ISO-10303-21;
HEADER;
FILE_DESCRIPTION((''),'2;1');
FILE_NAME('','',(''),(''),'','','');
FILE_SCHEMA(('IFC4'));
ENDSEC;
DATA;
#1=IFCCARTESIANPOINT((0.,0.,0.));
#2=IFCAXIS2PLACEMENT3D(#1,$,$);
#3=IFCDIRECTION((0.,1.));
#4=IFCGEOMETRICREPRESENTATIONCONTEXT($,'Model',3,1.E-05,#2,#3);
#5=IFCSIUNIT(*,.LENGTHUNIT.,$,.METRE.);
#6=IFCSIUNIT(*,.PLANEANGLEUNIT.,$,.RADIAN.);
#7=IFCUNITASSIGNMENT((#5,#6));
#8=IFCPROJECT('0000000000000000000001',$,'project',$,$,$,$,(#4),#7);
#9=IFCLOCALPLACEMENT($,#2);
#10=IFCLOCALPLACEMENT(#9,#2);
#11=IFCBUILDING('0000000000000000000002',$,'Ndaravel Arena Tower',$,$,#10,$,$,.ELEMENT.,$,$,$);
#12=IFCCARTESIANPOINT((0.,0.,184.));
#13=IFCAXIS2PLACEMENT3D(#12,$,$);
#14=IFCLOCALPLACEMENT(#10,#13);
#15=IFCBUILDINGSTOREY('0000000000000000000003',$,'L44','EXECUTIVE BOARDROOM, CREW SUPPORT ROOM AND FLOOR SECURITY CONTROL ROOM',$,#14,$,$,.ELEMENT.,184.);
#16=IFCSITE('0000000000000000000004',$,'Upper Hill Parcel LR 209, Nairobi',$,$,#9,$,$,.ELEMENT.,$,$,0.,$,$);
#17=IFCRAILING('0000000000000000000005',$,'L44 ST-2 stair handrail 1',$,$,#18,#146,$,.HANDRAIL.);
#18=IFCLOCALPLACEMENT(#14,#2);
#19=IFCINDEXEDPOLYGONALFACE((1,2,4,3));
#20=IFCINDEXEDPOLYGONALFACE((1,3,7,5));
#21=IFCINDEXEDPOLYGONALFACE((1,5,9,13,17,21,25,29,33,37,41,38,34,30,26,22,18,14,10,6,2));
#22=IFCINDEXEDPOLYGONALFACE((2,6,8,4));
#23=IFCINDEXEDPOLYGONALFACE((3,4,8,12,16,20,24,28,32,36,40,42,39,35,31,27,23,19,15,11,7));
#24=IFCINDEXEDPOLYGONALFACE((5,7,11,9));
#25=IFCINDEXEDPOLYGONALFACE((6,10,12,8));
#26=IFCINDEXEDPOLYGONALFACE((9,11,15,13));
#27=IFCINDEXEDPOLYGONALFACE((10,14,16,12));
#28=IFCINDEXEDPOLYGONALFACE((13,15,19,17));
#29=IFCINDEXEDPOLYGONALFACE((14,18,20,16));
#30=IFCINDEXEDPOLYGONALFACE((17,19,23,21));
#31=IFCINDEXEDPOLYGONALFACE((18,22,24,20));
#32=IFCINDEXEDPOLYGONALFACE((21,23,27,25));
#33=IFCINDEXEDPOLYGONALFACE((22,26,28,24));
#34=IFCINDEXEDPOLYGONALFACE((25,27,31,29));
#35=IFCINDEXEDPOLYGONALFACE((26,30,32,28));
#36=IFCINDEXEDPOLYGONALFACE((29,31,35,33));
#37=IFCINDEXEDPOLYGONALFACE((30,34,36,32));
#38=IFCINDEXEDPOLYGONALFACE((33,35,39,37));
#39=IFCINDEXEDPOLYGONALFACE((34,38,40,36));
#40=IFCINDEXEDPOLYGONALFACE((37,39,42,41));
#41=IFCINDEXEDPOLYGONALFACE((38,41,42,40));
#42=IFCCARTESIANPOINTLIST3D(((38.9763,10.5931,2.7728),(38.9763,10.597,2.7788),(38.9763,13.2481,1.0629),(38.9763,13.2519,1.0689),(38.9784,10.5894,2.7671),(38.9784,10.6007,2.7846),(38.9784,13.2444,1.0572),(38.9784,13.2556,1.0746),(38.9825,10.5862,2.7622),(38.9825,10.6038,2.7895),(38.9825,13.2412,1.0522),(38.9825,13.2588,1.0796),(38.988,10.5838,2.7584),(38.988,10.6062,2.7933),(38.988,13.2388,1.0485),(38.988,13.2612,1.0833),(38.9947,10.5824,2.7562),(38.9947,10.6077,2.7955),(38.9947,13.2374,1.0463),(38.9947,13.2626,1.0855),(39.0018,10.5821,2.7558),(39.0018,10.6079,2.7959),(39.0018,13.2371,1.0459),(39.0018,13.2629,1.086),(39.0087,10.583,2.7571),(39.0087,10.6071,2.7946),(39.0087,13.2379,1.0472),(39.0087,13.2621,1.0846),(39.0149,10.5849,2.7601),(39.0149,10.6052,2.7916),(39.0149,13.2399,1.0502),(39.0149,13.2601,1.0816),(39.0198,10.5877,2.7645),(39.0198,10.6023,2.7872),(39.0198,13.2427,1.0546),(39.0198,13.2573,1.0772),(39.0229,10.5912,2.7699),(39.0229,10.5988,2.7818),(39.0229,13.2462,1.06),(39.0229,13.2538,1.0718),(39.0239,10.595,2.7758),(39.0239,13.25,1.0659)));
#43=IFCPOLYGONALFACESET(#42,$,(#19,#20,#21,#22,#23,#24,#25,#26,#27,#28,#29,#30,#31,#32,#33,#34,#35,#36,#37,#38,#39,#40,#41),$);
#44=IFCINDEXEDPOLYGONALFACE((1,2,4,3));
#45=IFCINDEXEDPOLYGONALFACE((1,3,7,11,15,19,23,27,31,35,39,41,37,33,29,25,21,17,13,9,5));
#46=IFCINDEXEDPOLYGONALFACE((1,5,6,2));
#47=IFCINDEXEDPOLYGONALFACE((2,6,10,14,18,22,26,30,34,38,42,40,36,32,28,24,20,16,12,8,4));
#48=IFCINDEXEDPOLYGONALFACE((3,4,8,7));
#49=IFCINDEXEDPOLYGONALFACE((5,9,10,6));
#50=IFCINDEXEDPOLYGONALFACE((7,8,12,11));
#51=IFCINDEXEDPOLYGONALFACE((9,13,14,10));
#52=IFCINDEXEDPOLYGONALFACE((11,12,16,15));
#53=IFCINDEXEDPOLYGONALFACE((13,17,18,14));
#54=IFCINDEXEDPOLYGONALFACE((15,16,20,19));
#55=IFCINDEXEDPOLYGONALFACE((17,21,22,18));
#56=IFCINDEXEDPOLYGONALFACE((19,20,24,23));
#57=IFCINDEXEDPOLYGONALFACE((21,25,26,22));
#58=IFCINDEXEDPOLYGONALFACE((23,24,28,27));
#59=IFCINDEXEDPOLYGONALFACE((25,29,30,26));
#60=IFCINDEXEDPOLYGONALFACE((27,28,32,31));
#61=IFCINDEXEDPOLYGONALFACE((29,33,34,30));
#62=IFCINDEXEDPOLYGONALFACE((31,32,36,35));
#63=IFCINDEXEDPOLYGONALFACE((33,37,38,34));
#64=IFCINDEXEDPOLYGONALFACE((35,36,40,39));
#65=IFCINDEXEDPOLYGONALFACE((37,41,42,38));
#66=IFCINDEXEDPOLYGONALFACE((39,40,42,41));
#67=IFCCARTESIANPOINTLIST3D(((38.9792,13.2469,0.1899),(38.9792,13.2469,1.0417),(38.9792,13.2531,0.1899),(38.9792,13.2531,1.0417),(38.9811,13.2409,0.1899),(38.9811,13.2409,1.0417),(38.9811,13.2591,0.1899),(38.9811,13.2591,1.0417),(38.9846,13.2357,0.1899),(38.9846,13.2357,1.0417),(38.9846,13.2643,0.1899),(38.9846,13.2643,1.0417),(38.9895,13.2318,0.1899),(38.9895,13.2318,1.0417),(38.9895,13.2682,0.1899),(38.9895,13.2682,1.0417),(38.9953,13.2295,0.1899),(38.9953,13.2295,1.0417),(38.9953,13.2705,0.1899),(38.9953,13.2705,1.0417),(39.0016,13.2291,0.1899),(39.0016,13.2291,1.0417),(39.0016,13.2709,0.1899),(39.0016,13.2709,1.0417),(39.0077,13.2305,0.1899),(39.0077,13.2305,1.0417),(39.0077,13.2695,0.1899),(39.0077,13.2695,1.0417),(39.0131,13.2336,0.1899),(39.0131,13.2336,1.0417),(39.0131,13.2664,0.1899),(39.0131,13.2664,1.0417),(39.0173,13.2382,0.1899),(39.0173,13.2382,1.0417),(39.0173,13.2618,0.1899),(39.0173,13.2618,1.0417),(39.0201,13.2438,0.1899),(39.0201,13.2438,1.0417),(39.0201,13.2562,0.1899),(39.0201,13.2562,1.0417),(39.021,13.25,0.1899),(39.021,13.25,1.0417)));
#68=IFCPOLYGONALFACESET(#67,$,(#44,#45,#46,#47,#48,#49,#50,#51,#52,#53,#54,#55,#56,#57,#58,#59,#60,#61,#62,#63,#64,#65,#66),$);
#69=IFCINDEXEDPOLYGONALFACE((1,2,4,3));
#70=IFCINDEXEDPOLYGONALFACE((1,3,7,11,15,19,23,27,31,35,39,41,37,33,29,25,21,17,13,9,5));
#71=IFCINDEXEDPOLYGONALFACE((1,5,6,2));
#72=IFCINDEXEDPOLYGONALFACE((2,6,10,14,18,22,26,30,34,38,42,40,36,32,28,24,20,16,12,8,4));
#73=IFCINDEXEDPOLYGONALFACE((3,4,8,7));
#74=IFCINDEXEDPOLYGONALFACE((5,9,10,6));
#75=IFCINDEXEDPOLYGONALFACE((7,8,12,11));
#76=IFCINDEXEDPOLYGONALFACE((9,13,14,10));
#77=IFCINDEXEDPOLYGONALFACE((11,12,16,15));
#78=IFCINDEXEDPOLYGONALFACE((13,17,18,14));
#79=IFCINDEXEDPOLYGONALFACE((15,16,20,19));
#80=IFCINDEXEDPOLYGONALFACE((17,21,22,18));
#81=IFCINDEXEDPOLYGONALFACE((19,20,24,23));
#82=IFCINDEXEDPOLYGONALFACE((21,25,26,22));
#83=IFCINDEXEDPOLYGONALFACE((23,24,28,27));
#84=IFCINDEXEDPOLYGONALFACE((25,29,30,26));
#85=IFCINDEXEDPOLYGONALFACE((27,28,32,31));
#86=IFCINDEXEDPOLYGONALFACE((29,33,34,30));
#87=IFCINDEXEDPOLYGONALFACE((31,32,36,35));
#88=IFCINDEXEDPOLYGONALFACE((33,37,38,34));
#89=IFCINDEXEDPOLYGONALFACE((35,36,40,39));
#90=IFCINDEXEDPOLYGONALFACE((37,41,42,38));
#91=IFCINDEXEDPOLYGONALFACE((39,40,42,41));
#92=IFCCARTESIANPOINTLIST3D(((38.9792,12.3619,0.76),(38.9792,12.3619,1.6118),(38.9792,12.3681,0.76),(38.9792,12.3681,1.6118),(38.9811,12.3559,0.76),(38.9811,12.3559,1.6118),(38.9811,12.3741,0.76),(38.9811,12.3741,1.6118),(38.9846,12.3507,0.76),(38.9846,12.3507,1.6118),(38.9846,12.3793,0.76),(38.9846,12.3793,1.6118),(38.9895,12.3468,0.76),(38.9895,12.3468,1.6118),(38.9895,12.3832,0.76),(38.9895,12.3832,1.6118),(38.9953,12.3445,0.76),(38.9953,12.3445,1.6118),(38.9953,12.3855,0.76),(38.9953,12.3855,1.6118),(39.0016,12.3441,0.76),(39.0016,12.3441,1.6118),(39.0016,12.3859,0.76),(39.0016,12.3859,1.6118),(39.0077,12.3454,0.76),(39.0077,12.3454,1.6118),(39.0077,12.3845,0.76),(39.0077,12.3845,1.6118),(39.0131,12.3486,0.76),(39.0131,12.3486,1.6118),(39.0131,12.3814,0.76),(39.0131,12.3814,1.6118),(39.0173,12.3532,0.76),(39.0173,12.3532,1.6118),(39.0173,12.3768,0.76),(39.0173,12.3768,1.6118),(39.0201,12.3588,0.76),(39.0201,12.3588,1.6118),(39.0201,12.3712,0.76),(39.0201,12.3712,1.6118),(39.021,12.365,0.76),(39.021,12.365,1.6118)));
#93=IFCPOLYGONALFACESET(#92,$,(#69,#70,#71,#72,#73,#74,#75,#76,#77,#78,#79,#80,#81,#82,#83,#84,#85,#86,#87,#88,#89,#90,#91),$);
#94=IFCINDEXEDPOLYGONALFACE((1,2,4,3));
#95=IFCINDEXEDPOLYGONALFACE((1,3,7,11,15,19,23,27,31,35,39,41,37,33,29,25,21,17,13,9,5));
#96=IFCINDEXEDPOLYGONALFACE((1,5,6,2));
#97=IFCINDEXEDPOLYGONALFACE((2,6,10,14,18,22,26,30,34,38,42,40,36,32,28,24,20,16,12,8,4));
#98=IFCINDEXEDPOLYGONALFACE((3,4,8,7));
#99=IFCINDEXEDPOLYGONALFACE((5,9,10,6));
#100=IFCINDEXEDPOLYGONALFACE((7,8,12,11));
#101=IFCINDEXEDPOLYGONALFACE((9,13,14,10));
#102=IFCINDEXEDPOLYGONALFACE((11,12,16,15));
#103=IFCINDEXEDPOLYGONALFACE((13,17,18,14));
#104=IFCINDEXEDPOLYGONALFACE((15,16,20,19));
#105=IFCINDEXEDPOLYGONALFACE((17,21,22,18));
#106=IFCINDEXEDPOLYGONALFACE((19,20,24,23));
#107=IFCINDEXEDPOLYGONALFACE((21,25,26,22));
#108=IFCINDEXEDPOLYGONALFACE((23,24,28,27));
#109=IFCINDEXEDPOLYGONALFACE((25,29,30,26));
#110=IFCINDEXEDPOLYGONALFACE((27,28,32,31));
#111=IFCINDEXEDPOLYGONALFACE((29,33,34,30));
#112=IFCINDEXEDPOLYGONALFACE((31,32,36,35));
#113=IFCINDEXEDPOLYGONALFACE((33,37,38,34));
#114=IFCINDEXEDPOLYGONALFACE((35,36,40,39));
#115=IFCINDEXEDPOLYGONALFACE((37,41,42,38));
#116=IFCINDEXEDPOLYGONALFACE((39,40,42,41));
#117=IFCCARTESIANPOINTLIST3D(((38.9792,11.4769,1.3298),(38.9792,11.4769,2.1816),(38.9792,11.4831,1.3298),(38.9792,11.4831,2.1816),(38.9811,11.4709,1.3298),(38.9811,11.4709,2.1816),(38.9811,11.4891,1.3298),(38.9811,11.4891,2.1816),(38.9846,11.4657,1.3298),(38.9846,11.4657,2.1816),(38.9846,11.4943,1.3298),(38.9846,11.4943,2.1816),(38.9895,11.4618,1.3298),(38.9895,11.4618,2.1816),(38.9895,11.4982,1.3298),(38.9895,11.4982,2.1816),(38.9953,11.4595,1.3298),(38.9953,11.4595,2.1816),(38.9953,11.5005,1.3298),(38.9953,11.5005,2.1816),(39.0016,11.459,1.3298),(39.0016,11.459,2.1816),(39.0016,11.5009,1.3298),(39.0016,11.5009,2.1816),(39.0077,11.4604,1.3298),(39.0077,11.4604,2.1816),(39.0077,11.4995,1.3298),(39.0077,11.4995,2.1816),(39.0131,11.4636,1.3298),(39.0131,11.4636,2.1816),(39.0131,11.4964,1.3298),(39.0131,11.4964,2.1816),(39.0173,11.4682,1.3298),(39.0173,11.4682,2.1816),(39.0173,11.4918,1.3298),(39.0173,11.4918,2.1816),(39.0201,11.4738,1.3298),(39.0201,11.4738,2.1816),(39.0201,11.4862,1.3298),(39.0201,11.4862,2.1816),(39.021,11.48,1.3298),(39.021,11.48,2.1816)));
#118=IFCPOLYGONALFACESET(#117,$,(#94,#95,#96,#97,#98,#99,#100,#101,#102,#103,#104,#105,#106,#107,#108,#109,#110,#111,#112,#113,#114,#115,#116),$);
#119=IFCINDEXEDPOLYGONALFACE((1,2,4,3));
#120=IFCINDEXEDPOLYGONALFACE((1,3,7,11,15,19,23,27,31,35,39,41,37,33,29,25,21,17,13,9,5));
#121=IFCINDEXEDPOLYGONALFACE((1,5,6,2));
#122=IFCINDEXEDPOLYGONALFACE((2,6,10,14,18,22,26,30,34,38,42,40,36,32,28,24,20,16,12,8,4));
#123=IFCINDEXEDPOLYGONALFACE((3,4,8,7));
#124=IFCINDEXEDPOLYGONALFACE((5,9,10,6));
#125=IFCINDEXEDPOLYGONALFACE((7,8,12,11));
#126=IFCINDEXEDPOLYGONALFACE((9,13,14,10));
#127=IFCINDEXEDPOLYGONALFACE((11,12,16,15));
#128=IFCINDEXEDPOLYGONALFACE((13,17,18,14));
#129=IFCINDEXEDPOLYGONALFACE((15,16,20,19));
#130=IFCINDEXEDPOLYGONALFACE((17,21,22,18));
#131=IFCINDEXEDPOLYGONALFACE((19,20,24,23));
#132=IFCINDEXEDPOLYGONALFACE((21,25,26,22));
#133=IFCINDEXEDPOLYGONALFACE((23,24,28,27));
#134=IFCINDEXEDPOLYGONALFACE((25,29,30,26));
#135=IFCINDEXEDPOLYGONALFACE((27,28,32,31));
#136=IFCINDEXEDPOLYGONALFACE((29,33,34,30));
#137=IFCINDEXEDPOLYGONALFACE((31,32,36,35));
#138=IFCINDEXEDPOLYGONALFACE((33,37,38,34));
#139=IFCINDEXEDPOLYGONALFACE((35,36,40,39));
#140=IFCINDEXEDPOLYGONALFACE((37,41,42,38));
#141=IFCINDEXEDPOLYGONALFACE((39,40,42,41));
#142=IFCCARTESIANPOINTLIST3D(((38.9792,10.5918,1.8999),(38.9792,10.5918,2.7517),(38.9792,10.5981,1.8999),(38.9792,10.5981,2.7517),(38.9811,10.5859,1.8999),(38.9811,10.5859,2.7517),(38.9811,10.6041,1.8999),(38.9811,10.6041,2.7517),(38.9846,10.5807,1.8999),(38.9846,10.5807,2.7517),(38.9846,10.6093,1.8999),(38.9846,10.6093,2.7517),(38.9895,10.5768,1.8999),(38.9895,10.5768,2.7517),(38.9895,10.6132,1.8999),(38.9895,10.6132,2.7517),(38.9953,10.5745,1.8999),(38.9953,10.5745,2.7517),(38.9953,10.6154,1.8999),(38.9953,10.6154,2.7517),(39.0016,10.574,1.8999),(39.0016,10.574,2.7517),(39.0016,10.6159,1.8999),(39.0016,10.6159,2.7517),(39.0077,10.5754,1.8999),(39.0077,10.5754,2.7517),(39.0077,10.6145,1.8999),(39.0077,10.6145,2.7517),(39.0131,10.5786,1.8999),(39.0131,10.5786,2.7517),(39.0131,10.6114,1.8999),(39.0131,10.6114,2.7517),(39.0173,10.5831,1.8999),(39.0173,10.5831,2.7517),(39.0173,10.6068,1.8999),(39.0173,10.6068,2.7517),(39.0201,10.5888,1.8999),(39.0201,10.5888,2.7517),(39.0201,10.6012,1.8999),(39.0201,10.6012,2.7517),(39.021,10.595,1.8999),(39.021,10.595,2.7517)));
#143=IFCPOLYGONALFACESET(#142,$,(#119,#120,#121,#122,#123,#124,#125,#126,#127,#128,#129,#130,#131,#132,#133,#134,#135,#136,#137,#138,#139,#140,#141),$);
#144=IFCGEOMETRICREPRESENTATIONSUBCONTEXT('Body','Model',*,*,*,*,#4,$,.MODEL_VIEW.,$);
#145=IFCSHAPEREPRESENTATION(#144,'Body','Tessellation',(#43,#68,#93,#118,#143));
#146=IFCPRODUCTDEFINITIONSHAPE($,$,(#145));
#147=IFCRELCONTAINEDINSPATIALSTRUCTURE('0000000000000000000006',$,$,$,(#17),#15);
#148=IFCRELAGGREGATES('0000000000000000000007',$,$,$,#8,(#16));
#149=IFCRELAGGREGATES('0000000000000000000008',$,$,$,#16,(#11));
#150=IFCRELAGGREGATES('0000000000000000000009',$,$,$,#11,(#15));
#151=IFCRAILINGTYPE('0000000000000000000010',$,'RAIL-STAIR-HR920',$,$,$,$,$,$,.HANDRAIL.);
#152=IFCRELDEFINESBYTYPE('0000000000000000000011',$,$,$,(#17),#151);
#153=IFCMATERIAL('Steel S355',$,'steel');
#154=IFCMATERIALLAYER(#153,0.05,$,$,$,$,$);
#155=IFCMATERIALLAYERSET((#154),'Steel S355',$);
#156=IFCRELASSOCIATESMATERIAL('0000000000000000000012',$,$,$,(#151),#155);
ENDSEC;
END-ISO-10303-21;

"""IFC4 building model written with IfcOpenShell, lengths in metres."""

from ifc_helpers import new_model, si_unit, direction, frame, origin, origin_2d, place, context, subcontext, project, spatial, circle, extrude, material, layer, layer_set, type_object, element, save


model = new_model("IFC4")

# Units and contexts
model_context = context("Model", 3, precision=1e-05, world=origin(), true_north=direction((0.0, 1.0)))
body_context = subcontext(model_context, "Body", "Model", "MODEL_VIEW")
ifc_project = project(units=[si_unit("LENGTHUNIT", "METRE"), si_unit("PLANEANGLEUNIT", "RADIAN")], contexts=[model_context])

# Site, building, storey
site_placement = place(None, origin())
site = spatial("IfcSite", under=ifc_project, at=site_placement, Name="Upper Hill Parcel LR 209, Nairobi", CompositionType="ELEMENT", RefElevation=0.0)
building_placement = place(site_placement, origin())
building = spatial("IfcBuilding", under=site, at=building_placement, Name="Ndaravel Arena Tower", CompositionType="ELEMENT")
storey_placement = place(building_placement, frame((0.0, 0.0, 184.0)))
storey = spatial("IfcBuildingStorey", under=building, at=storey_placement, Name="L44", Description="EXECUTIVE BOARDROOM, CREW SUPPORT ROOM AND FLOOR SECURITY CONTROL ROOM", CompositionType="ELEMENT", Elevation=184.0)

# Railing
ifc_material_1 = material(Name="Steel S355", Category="steel")
ifc_layer_1 = layer(ifc_material_1, 0.05)
ifc_layer_set_1 = layer_set([ifc_layer_1], Name="Steel S355")
railing_type_1 = type_object("IfcRailingType", Name="RAIL-STAIR-HR920", PredefinedType="HANDRAIL", material=ifc_layer_set_1)
railing_1_placement = place(storey_placement, frame((39.0, 13.25, 0.1899)))
element("IfcRailing", 1, at=railing_1_placement, inside=storey, type_object=railing_type_1, Name="L44 ST-2 stair handrail 1", PredefinedType="HANDRAIL", context=body_context, shape_type="SweptSolid", body=[
    extrude(circle(Radius=0.0239, at=origin_2d()), frame((0.0, 0.0, 0.876), z_axis=(0.0, -0.840724, 0.541465), x_axis=(1.0, 0.0, 0.0)), (0.0, 0.0, 1.0), 3.158),
    extrude(circle(Radius=0.021, at=origin_2d()), origin(), (0.0, 0.0, 1.0), 0.8518),
    extrude(circle(Radius=0.021, at=origin_2d()), frame((0.0, -0.885, 0.5701)), (0.0, 0.0, 1.0), 0.8518),
    extrude(circle(Radius=0.021, at=origin_2d()), frame((0.0, -1.77, 1.1399)), (0.0, 0.0, 1.0), 0.8518),
    extrude(circle(Radius=0.021, at=origin_2d()), frame((0.0, -2.655, 1.71)), (0.0, 0.0, 1.0), 0.8518),
])

save(model, "model.ifc")
